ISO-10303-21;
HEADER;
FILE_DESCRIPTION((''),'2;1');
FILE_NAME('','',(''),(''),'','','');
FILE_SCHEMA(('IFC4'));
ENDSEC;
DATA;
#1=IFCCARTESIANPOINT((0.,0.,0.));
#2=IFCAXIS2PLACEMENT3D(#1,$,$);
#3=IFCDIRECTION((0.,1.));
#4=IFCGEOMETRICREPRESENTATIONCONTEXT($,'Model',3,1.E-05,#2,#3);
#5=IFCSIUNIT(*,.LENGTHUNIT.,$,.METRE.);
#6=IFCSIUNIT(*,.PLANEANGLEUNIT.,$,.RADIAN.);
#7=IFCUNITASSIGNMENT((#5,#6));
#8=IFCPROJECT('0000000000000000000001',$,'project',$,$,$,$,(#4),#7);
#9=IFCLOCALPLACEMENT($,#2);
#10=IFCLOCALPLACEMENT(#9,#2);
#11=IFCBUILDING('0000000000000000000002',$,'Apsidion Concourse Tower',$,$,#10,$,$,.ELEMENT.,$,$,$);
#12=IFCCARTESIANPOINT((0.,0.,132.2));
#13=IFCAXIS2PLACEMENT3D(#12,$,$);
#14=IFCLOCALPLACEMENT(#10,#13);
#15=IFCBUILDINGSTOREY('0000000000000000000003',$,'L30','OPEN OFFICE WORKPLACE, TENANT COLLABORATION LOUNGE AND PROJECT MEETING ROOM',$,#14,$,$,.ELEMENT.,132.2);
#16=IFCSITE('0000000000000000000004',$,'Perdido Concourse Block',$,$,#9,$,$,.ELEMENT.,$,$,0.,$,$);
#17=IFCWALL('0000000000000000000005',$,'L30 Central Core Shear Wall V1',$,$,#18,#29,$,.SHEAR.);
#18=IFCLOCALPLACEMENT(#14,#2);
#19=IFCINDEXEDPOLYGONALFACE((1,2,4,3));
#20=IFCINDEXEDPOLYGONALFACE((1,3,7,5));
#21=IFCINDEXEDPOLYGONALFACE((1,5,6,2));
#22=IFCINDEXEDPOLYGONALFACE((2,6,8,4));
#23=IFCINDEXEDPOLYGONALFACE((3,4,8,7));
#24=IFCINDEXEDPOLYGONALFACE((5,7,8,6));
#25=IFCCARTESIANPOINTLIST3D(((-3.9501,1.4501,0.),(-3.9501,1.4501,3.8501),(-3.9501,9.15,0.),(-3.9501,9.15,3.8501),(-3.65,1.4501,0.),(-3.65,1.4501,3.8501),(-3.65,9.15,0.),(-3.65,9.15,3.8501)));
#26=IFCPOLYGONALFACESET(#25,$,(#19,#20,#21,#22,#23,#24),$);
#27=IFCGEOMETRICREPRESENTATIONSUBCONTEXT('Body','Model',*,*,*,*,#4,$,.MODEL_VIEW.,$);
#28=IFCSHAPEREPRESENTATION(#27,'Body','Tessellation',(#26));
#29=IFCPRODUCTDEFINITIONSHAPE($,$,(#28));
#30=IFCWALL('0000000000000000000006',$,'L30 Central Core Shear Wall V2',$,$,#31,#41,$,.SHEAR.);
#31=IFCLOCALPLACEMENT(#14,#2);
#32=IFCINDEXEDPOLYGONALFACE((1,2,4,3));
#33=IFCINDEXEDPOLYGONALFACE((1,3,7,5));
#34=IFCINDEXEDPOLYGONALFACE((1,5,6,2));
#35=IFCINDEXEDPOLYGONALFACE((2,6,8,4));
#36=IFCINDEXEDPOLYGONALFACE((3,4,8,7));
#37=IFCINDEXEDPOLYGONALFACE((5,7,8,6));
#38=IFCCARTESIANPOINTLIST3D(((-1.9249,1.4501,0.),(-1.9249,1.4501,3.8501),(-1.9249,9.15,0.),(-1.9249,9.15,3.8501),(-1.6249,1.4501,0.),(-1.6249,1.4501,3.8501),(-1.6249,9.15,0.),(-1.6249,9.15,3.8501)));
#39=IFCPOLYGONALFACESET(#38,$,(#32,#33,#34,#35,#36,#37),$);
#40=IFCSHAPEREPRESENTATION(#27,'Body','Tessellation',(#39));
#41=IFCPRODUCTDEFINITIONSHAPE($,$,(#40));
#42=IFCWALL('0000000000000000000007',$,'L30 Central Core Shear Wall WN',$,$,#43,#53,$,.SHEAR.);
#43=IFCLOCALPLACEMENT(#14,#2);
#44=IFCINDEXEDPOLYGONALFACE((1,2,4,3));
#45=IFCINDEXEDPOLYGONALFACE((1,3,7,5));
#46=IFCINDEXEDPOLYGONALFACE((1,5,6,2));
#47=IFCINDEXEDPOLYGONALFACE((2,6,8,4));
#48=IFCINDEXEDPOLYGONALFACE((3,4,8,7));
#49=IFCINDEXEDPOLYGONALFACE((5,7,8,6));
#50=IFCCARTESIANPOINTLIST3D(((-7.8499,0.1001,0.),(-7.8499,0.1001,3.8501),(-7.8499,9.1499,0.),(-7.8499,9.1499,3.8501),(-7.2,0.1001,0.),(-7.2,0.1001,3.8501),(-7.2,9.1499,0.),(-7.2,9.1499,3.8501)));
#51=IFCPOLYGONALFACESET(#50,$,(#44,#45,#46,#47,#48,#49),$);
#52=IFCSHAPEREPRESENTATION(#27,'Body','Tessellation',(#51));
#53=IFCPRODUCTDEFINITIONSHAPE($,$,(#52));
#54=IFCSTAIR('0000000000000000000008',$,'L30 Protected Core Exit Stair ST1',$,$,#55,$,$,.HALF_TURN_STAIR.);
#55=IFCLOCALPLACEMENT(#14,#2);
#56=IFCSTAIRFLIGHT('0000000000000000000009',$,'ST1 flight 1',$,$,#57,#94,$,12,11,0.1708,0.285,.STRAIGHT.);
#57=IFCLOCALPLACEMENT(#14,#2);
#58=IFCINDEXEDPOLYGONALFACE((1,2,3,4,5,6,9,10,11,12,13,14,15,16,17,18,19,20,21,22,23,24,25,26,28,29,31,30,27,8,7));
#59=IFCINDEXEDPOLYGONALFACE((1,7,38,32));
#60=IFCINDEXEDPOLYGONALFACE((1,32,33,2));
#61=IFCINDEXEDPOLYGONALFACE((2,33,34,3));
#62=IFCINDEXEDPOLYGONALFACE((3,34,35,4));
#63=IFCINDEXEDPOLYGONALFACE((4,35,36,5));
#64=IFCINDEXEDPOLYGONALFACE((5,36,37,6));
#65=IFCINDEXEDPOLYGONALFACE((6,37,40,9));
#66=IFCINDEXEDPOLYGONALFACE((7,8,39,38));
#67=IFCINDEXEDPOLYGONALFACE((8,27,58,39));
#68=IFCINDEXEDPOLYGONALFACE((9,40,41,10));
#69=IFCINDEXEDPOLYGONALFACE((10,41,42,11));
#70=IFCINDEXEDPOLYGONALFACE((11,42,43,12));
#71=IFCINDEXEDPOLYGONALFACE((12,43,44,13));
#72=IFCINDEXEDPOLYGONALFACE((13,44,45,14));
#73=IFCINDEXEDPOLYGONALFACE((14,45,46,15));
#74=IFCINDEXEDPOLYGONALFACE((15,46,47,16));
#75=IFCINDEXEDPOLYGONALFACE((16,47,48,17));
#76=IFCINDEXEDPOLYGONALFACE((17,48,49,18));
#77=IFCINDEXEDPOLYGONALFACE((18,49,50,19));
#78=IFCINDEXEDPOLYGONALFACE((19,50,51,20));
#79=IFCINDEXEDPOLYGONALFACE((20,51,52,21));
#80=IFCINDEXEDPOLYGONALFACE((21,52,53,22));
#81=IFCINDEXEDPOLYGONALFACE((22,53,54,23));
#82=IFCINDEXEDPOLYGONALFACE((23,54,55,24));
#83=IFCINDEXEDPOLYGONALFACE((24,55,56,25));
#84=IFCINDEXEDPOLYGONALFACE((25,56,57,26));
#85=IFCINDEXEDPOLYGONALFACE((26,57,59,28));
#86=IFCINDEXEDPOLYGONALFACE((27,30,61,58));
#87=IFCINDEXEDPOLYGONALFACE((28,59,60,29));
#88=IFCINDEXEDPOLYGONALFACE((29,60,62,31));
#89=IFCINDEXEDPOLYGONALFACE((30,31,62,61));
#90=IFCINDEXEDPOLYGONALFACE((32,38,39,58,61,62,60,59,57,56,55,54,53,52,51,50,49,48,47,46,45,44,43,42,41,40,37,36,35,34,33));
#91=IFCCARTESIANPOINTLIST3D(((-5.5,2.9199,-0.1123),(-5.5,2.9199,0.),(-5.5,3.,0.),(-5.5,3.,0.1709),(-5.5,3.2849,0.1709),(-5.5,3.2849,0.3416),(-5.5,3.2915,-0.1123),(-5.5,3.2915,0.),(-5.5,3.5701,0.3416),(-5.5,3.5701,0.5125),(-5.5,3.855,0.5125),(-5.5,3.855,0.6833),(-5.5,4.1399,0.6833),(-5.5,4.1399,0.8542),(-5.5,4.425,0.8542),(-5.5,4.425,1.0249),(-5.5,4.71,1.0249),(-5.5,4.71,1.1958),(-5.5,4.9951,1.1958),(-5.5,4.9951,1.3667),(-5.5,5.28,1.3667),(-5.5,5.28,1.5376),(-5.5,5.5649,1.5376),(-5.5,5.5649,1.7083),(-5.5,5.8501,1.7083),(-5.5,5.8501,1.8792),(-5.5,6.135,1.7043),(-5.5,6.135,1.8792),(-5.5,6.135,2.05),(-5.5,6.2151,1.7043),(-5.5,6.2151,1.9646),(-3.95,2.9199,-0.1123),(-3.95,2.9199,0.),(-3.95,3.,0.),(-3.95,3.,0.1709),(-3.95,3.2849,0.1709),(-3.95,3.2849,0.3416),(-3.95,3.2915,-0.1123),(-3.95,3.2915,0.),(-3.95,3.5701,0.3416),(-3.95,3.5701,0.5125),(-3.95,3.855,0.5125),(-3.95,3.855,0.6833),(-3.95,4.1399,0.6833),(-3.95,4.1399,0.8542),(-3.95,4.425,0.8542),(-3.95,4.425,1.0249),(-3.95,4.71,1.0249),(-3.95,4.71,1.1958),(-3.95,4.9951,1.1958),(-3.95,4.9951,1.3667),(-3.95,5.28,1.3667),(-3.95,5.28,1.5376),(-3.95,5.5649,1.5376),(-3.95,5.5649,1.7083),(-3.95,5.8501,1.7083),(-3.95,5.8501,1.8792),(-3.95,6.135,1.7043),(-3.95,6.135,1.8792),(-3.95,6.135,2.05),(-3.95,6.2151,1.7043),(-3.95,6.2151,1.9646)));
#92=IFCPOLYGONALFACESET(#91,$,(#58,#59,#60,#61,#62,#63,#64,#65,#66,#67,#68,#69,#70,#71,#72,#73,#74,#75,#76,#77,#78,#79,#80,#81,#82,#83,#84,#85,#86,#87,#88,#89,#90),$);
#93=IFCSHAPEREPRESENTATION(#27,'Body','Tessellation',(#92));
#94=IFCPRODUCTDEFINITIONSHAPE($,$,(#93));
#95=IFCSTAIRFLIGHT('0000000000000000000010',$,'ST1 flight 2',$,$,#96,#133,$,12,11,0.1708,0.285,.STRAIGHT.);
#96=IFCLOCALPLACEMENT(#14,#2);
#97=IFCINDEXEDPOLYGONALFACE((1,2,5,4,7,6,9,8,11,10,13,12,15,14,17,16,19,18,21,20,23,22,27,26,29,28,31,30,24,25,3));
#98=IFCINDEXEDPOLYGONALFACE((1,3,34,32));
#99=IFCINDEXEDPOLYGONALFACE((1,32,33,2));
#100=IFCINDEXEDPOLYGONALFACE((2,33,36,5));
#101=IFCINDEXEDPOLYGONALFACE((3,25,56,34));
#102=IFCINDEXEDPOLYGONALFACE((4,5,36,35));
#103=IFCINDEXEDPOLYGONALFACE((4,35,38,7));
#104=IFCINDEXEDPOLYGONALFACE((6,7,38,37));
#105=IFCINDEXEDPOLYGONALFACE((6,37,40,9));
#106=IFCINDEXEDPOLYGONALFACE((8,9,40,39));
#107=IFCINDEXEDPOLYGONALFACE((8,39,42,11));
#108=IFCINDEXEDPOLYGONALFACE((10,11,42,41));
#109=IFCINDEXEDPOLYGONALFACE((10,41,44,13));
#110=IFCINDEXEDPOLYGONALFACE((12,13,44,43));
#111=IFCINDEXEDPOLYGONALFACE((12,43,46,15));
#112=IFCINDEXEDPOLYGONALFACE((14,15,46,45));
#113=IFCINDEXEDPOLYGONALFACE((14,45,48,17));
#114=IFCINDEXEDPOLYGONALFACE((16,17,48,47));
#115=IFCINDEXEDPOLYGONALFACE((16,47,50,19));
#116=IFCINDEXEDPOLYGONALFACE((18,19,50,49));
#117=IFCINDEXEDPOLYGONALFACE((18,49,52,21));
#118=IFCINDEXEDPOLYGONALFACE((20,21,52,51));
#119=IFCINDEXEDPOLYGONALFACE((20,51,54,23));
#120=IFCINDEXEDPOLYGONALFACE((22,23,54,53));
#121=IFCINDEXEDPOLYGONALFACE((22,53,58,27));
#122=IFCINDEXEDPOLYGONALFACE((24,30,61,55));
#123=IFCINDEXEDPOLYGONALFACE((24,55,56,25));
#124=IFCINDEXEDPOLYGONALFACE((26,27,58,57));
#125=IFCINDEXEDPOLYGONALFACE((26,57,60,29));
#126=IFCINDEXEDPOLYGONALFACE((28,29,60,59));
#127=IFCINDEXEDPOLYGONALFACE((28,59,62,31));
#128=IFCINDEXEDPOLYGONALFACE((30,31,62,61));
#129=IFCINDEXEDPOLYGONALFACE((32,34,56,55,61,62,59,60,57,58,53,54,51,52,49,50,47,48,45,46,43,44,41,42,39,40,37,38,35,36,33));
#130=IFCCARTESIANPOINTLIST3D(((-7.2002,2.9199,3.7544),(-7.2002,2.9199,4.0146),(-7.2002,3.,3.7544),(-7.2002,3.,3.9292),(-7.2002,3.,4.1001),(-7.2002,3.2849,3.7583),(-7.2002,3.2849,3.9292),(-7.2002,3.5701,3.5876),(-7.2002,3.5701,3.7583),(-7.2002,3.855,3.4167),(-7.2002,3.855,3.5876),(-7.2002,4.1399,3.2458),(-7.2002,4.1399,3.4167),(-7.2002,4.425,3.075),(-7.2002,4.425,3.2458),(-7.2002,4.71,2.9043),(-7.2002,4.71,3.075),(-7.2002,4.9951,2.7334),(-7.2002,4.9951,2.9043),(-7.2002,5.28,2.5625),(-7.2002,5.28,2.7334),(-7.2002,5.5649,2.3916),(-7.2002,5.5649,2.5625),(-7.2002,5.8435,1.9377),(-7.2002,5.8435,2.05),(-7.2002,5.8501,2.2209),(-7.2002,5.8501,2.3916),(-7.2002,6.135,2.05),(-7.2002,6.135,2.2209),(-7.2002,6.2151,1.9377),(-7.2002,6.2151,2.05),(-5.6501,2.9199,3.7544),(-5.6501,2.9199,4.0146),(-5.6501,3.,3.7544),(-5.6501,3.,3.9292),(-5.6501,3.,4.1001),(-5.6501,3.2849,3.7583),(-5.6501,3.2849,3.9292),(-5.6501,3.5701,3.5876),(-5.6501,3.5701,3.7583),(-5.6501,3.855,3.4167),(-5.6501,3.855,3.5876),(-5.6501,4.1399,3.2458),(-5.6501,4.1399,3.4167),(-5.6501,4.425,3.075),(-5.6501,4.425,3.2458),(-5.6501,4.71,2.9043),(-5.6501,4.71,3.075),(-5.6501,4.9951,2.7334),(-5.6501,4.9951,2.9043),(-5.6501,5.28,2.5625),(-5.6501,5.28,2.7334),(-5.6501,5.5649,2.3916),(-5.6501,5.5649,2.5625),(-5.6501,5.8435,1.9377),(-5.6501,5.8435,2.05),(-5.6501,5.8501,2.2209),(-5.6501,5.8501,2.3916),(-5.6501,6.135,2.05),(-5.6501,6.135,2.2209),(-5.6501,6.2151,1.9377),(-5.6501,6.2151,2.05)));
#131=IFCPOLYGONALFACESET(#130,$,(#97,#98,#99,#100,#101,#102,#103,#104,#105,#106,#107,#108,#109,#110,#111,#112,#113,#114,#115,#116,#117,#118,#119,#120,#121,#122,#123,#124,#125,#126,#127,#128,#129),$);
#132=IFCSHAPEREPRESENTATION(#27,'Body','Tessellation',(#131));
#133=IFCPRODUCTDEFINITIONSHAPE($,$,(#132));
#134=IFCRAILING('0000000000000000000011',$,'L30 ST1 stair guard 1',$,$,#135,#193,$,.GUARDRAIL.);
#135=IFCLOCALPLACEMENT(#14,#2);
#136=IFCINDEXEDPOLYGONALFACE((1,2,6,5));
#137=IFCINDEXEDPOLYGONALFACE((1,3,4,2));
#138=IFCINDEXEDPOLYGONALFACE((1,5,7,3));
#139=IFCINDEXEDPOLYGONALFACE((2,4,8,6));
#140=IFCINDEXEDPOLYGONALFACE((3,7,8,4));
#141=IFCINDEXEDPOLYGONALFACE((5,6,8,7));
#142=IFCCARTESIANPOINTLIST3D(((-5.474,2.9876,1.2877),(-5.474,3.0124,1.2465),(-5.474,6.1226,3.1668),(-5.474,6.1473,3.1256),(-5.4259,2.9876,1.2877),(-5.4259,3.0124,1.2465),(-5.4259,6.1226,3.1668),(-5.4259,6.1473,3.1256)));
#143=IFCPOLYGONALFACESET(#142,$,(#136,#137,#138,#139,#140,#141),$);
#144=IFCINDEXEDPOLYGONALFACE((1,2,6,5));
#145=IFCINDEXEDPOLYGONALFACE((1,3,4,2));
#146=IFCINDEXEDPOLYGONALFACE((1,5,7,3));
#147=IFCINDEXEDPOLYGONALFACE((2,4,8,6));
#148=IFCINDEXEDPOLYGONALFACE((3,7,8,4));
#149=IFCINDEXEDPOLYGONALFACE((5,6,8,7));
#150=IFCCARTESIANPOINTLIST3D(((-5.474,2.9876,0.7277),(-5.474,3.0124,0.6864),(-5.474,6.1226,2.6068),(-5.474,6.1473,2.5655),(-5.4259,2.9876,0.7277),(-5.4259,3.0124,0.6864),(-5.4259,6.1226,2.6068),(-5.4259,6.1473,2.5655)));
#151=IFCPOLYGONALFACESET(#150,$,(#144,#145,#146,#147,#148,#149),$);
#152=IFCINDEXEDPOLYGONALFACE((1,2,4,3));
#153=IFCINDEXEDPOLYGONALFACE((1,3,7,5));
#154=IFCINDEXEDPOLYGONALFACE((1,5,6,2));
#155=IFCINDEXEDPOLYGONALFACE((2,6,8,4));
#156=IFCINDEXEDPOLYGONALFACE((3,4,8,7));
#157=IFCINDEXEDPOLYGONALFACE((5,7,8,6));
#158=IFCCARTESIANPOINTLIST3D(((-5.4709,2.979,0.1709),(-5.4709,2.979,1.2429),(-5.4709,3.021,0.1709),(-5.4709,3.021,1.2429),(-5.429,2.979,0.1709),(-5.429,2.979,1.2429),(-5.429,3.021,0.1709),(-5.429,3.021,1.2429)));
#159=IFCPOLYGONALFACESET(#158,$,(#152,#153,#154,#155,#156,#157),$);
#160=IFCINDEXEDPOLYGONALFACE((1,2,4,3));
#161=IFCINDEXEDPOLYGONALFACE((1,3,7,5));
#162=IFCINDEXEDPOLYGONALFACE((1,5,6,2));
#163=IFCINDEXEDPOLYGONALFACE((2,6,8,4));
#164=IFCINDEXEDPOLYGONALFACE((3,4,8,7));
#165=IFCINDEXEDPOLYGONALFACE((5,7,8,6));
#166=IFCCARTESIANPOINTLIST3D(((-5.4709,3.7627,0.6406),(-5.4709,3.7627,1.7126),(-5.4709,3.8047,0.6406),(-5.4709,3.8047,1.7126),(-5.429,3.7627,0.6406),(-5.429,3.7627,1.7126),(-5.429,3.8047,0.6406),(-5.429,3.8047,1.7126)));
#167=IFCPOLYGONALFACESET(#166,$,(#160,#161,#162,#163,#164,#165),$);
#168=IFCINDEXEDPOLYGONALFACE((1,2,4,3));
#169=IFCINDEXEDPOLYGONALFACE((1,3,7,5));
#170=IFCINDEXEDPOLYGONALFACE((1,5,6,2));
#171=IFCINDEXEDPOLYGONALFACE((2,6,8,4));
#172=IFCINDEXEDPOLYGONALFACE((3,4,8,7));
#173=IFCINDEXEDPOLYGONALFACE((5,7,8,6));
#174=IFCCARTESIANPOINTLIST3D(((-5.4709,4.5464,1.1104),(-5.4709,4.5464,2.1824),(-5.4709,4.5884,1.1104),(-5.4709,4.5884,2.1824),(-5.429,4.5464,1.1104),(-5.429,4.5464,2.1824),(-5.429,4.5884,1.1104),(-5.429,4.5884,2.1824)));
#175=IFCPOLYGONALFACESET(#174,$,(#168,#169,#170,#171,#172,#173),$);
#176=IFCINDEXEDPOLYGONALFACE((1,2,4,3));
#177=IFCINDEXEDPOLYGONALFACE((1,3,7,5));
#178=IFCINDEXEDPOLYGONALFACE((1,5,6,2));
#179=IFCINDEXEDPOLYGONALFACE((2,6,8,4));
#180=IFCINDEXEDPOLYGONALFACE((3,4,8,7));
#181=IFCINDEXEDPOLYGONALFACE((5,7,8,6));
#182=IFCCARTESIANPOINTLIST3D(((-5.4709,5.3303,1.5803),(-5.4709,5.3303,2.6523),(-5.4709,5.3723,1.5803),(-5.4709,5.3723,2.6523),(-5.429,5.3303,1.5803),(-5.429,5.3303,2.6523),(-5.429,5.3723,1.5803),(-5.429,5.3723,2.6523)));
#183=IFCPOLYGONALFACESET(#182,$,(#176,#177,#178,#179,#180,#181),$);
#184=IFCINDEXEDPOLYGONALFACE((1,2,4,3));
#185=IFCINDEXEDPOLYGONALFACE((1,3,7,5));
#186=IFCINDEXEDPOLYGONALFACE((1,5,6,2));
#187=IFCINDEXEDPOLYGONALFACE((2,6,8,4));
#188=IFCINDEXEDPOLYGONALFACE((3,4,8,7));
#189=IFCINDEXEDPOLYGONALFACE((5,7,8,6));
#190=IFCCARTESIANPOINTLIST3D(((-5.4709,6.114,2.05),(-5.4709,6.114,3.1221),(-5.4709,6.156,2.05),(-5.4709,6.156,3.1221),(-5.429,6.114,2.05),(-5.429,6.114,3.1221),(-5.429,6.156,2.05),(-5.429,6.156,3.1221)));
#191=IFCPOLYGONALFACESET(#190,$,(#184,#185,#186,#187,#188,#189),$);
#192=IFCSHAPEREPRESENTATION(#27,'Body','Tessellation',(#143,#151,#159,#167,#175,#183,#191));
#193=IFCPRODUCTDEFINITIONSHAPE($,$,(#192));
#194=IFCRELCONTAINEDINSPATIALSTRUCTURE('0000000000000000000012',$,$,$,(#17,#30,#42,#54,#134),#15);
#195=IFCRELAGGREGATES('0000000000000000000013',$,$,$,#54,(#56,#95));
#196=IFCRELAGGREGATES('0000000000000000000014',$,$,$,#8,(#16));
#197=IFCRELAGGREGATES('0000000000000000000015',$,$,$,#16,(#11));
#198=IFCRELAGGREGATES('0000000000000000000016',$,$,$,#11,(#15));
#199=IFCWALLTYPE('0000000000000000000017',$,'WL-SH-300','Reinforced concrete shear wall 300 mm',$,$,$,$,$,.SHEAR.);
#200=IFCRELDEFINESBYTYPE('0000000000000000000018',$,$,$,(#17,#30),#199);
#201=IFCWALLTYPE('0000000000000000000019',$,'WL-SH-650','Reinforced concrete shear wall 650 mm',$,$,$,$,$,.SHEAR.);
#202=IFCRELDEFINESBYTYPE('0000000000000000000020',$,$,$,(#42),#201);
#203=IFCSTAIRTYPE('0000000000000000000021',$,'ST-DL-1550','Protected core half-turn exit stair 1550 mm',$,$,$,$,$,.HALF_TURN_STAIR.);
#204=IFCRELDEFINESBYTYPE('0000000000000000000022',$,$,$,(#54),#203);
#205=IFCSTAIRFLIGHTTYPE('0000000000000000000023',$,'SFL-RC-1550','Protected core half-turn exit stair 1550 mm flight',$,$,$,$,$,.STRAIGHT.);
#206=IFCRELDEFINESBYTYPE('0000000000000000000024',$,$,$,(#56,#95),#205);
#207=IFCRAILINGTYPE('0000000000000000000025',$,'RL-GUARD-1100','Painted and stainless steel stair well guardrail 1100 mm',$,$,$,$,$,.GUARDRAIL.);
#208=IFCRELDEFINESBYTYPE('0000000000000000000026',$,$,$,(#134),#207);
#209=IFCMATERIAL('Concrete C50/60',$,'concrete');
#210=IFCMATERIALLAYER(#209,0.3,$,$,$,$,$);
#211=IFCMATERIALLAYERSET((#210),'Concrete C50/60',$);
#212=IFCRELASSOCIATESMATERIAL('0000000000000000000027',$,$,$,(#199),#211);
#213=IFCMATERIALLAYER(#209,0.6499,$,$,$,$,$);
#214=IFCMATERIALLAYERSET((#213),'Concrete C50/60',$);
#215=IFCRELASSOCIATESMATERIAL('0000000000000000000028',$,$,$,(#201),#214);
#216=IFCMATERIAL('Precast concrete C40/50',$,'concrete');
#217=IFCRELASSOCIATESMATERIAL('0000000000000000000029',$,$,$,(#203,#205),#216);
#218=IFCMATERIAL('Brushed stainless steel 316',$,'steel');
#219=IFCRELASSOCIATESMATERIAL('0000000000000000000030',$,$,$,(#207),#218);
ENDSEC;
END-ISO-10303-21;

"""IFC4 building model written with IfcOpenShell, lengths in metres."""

from ifc_helpers import new_model, si_unit, direction, frame, frame_2d, origin, origin_2d, place, context, subcontext, project, spatial, polyline, rectangle, outline, extrude, material, layer, layer_set, type_object, element, aggregate, save


model = new_model("IFC4")

# Units and contexts
model_context = context("Model", 3, precision=1e-05, world=origin(), true_north=direction((0.0, 1.0)))
body_context = subcontext(model_context, "Body", "Model", "MODEL_VIEW")
ifc_project = project(units=[si_unit("LENGTHUNIT", "METRE"), si_unit("PLANEANGLEUNIT", "RADIAN")], contexts=[model_context])

# Site, building, storey
site_placement = place(None, origin())
site = spatial("IfcSite", under=ifc_project, at=site_placement, Name="Perdido Concourse Block", CompositionType="ELEMENT", RefElevation=0.0)
building_placement = place(site_placement, origin())
building = spatial("IfcBuilding", under=site, at=building_placement, Name="Apsidion Concourse Tower", CompositionType="ELEMENT")
storey_placement = place(building_placement, frame((0.0, 0.0, 132.2)))
storey = spatial("IfcBuildingStorey", under=building, at=storey_placement, Name="L30", Description="OPEN OFFICE WORKPLACE, TENANT COLLABORATION LOUNGE AND PROJECT MEETING ROOM", CompositionType="ELEMENT", Elevation=132.2)

# Shared definitions
ifc_material_1 = material(Name="Concrete C50/60", Category="concrete")

# Shared definitions
ifc_material_2 = material(Name="Brushed stainless steel 316", Category="steel")

# Walls
ifc_layer_1 = layer(ifc_material_1, 0.3)
ifc_layer_set_1 = layer_set([ifc_layer_1], Name="Concrete C50/60")
wall_type_1 = type_object("IfcWallType", Name="WL-SH-300", Description="Reinforced concrete shear wall 300 mm", PredefinedType="SHEAR", material=ifc_layer_set_1)
for number, where, z_axis, x_axis, name in (
    (1, (-3.8, 1.45, 0.0), (0.0, 0.0, 1.0), (0.0, 1.0, 0.0), "L30 Central Core Shear Wall V1"),
    (2, (-1.7749, 1.45, 0.0), (0.0, 0.0, 1.0), (0.0, 1.0, 0.0), "L30 Central Core Shear Wall V2"),
):
    element("IfcWall", number, at=place(storey_placement, frame(where, z_axis=z_axis, x_axis=x_axis)), inside=storey, type_object=wall_type_1, Name=name, PredefinedType="SHEAR", context=body_context, shape_type="SweptSolid", body=[
        extrude(rectangle(XDim=7.7, YDim=0.3, at=frame_2d((3.8501, 0.0))), origin(), (0.0, 0.0, 1.0), 3.8501),
    ])

# Wall
ifc_layer_2 = layer(ifc_material_1, 0.6499)
ifc_layer_set_2 = layer_set([ifc_layer_2], Name="Concrete C50/60")
wall_type_2 = type_object("IfcWallType", Name="WL-SH-650", Description="Reinforced concrete shear wall 650 mm", PredefinedType="SHEAR", material=ifc_layer_set_2)
wall_1_placement = place(storey_placement, frame((-7.5249, 0.1001, 0.0), z_axis=(0.0, 0.0, 1.0), x_axis=(0.0, 1.0, 0.0)))
element("IfcWall", 3, at=wall_1_placement, inside=storey, type_object=wall_type_2, Name="L30 Central Core Shear Wall WN", PredefinedType="SHEAR", context=body_context, shape_type="SweptSolid", body=[
    extrude(rectangle(XDim=9.0498, YDim=0.6499, at=frame_2d((4.5249, 0.0))), origin(), (0.0, 0.0, 1.0), 3.8501),
])

# Stair, stair flights
ifc_material_3 = material(Name="Precast concrete C40/50", Category="concrete")
stair_type = type_object("IfcStairType", Name="ST-DL-1550", Description="Protected core half-turn exit stair 1550 mm", PredefinedType="HALF_TURN_STAIR", material=ifc_material_3)
stair_placement = place(storey_placement, origin())
stair = element("IfcStair", 4, at=stair_placement, inside=storey, type_object=stair_type, Name="L30 Protected Core Exit Stair ST1", PredefinedType="HALF_TURN_STAIR")
stair_flight_type = type_object("IfcStairFlightType", Name="SFL-RC-1550", Description="Protected core half-turn exit stair 1550 mm flight", PredefinedType="STRAIGHT", material=ifc_material_3)
stair_flight_1_placement = place(storey_placement, frame((-4.7251, 3.0, 0.0), z_axis=(0.0, 0.0, 1.0), x_axis=(0.0, 1.0, 0.0)))
stair_flight_1 = element("IfcStairFlight", 5, at=stair_flight_1_placement, type_object=stair_flight_type, Name="ST1 flight 1", NumberOfRisers=12, NumberOfTreads=11, PredefinedType="STRAIGHT", RiserHeight=0.1708, TreadLength=0.285, context=body_context, shape_type="SweptSolid", body=[
    extrude(outline(polyline([(-0.0801, -0.1123), (-0.0801, 0.0), (0.0, 0.0), (0.0, 0.1709), (0.2849, 0.1709), (0.2849, 0.3416), (0.5701, 0.3416), (0.5701, 0.5125), (0.855, 0.5125), (0.855, 0.6833), (1.1399, 0.6833), (1.1399, 0.8542), (1.425, 0.8542), (1.425, 1.0249), (1.71, 1.0249), (1.71, 1.1958), (1.9951, 1.1958), (1.9951, 1.3667), (2.28, 1.3667), (2.28, 1.5376), (2.5649, 1.5376), (2.5649, 1.7083), (2.8501, 1.7083), (2.8501, 1.8792), (3.135, 1.8792), (3.135, 2.05), (3.2151, 1.9646), (3.2151, 1.7043), (3.135, 1.7043), (0.2915, 0.0), (0.2915, -0.1123), (-0.0801, -0.1123)])), frame((0.0, 0.7749, 0.0), z_axis=(0.0, -1.0, 0.0), x_axis=(1.0, 0.0, 0.0)), (0.0, 0.0, 1.0), 1.55),
])
stair_flight_2_placement = place(storey_placement, frame((-6.425, 6.135, 2.05), z_axis=(0.0, 0.0, 1.0), x_axis=(0.0, -1.0, 0.0)))
stair_flight_2 = element("IfcStairFlight", 6, at=stair_flight_2_placement, type_object=stair_flight_type, Name="ST1 flight 2", NumberOfRisers=12, NumberOfTreads=11, PredefinedType="STRAIGHT", RiserHeight=0.1708, TreadLength=0.285, context=body_context, shape_type="SweptSolid", body=[
    extrude(outline(polyline([(-0.0801, -0.1123), (-0.0801, 0.0), (0.0, 0.0), (0.0, 0.1709), (0.2849, 0.1709), (0.2849, 0.3416), (0.5701, 0.3416), (0.5701, 0.5125), (0.855, 0.5125), (0.855, 0.6833), (1.1399, 0.6833), (1.1399, 0.8542), (1.425, 0.8542), (1.425, 1.0249), (1.71, 1.0249), (1.71, 1.1958), (1.9951, 1.1958), (1.9951, 1.3667), (2.28, 1.3667), (2.28, 1.5376), (2.5649, 1.5376), (2.5649, 1.7083), (2.8501, 1.7083), (2.8501, 1.8792), (3.135, 1.8792), (3.135, 2.05), (3.2151, 1.9646), (3.2151, 1.7043), (3.135, 1.7043), (0.2915, 0.0), (0.2915, -0.1123), (-0.0801, -0.1123)])), frame((0.0, 0.7749, 0.0), z_axis=(0.0, -1.0, 0.0), x_axis=(1.0, 0.0, 0.0)), (0.0, 0.0, 1.0), 1.55),
])
aggregate(stair, [stair_flight_1, stair_flight_2])

# Railing
railing_type_1 = type_object("IfcRailingType", Name="RL-GUARD-1100", Description="Painted and stainless steel stair well guardrail 1100 mm", PredefinedType="GUARDRAIL", material=ifc_material_2)
railing_1_placement = place(storey_placement, frame((-5.45, 3.0, 0.1709)))
element("IfcRailing", 7, at=railing_1_placement, inside=storey, type_object=railing_type_1, Name="L30 ST1 stair guard 1", PredefinedType="GUARDRAIL", context=body_context, shape_type="SweptSolid", body=[
    extrude(rectangle(XDim=0.0481, YDim=0.0481, at=origin_2d()), frame((0.0, 0.0, 1.0962), z_axis=(0.0, 0.857717, 0.514122), x_axis=(-1.0, 0.0, 0.0)), (0.0, 0.0, 1.0), 3.655),
    extrude(rectangle(XDim=0.0481, YDim=0.0481, at=origin_2d()), frame((0.0, 0.0, 0.5361), z_axis=(0.0, 0.857717, 0.514122), x_axis=(-1.0, 0.0, 0.0)), (0.0, 0.0, 1.0), 3.655),
    extrude(rectangle(XDim=0.042, YDim=0.042, at=origin_2d()), origin(), (0.0, 0.0, 1.0), 1.072),
    extrude(rectangle(XDim=0.042, YDim=0.042, at=origin_2d()), frame((0.0, 0.7837, 0.4697)), (0.0, 0.0, 1.0), 1.072),
    extrude(rectangle(XDim=0.042, YDim=0.042, at=origin_2d()), frame((0.0, 1.5674, 0.9395)), (0.0, 0.0, 1.0), 1.072),
    extrude(rectangle(XDim=0.042, YDim=0.042, at=origin_2d()), frame((0.0, 2.3513, 1.4094)), (0.0, 0.0, 1.0), 1.072),
    extrude(rectangle(XDim=0.042, YDim=0.042, at=origin_2d()), frame((0.0, 3.135, 1.8792)), (0.0, 0.0, 1.0), 1.072),
])

save(model, "model.ifc")
